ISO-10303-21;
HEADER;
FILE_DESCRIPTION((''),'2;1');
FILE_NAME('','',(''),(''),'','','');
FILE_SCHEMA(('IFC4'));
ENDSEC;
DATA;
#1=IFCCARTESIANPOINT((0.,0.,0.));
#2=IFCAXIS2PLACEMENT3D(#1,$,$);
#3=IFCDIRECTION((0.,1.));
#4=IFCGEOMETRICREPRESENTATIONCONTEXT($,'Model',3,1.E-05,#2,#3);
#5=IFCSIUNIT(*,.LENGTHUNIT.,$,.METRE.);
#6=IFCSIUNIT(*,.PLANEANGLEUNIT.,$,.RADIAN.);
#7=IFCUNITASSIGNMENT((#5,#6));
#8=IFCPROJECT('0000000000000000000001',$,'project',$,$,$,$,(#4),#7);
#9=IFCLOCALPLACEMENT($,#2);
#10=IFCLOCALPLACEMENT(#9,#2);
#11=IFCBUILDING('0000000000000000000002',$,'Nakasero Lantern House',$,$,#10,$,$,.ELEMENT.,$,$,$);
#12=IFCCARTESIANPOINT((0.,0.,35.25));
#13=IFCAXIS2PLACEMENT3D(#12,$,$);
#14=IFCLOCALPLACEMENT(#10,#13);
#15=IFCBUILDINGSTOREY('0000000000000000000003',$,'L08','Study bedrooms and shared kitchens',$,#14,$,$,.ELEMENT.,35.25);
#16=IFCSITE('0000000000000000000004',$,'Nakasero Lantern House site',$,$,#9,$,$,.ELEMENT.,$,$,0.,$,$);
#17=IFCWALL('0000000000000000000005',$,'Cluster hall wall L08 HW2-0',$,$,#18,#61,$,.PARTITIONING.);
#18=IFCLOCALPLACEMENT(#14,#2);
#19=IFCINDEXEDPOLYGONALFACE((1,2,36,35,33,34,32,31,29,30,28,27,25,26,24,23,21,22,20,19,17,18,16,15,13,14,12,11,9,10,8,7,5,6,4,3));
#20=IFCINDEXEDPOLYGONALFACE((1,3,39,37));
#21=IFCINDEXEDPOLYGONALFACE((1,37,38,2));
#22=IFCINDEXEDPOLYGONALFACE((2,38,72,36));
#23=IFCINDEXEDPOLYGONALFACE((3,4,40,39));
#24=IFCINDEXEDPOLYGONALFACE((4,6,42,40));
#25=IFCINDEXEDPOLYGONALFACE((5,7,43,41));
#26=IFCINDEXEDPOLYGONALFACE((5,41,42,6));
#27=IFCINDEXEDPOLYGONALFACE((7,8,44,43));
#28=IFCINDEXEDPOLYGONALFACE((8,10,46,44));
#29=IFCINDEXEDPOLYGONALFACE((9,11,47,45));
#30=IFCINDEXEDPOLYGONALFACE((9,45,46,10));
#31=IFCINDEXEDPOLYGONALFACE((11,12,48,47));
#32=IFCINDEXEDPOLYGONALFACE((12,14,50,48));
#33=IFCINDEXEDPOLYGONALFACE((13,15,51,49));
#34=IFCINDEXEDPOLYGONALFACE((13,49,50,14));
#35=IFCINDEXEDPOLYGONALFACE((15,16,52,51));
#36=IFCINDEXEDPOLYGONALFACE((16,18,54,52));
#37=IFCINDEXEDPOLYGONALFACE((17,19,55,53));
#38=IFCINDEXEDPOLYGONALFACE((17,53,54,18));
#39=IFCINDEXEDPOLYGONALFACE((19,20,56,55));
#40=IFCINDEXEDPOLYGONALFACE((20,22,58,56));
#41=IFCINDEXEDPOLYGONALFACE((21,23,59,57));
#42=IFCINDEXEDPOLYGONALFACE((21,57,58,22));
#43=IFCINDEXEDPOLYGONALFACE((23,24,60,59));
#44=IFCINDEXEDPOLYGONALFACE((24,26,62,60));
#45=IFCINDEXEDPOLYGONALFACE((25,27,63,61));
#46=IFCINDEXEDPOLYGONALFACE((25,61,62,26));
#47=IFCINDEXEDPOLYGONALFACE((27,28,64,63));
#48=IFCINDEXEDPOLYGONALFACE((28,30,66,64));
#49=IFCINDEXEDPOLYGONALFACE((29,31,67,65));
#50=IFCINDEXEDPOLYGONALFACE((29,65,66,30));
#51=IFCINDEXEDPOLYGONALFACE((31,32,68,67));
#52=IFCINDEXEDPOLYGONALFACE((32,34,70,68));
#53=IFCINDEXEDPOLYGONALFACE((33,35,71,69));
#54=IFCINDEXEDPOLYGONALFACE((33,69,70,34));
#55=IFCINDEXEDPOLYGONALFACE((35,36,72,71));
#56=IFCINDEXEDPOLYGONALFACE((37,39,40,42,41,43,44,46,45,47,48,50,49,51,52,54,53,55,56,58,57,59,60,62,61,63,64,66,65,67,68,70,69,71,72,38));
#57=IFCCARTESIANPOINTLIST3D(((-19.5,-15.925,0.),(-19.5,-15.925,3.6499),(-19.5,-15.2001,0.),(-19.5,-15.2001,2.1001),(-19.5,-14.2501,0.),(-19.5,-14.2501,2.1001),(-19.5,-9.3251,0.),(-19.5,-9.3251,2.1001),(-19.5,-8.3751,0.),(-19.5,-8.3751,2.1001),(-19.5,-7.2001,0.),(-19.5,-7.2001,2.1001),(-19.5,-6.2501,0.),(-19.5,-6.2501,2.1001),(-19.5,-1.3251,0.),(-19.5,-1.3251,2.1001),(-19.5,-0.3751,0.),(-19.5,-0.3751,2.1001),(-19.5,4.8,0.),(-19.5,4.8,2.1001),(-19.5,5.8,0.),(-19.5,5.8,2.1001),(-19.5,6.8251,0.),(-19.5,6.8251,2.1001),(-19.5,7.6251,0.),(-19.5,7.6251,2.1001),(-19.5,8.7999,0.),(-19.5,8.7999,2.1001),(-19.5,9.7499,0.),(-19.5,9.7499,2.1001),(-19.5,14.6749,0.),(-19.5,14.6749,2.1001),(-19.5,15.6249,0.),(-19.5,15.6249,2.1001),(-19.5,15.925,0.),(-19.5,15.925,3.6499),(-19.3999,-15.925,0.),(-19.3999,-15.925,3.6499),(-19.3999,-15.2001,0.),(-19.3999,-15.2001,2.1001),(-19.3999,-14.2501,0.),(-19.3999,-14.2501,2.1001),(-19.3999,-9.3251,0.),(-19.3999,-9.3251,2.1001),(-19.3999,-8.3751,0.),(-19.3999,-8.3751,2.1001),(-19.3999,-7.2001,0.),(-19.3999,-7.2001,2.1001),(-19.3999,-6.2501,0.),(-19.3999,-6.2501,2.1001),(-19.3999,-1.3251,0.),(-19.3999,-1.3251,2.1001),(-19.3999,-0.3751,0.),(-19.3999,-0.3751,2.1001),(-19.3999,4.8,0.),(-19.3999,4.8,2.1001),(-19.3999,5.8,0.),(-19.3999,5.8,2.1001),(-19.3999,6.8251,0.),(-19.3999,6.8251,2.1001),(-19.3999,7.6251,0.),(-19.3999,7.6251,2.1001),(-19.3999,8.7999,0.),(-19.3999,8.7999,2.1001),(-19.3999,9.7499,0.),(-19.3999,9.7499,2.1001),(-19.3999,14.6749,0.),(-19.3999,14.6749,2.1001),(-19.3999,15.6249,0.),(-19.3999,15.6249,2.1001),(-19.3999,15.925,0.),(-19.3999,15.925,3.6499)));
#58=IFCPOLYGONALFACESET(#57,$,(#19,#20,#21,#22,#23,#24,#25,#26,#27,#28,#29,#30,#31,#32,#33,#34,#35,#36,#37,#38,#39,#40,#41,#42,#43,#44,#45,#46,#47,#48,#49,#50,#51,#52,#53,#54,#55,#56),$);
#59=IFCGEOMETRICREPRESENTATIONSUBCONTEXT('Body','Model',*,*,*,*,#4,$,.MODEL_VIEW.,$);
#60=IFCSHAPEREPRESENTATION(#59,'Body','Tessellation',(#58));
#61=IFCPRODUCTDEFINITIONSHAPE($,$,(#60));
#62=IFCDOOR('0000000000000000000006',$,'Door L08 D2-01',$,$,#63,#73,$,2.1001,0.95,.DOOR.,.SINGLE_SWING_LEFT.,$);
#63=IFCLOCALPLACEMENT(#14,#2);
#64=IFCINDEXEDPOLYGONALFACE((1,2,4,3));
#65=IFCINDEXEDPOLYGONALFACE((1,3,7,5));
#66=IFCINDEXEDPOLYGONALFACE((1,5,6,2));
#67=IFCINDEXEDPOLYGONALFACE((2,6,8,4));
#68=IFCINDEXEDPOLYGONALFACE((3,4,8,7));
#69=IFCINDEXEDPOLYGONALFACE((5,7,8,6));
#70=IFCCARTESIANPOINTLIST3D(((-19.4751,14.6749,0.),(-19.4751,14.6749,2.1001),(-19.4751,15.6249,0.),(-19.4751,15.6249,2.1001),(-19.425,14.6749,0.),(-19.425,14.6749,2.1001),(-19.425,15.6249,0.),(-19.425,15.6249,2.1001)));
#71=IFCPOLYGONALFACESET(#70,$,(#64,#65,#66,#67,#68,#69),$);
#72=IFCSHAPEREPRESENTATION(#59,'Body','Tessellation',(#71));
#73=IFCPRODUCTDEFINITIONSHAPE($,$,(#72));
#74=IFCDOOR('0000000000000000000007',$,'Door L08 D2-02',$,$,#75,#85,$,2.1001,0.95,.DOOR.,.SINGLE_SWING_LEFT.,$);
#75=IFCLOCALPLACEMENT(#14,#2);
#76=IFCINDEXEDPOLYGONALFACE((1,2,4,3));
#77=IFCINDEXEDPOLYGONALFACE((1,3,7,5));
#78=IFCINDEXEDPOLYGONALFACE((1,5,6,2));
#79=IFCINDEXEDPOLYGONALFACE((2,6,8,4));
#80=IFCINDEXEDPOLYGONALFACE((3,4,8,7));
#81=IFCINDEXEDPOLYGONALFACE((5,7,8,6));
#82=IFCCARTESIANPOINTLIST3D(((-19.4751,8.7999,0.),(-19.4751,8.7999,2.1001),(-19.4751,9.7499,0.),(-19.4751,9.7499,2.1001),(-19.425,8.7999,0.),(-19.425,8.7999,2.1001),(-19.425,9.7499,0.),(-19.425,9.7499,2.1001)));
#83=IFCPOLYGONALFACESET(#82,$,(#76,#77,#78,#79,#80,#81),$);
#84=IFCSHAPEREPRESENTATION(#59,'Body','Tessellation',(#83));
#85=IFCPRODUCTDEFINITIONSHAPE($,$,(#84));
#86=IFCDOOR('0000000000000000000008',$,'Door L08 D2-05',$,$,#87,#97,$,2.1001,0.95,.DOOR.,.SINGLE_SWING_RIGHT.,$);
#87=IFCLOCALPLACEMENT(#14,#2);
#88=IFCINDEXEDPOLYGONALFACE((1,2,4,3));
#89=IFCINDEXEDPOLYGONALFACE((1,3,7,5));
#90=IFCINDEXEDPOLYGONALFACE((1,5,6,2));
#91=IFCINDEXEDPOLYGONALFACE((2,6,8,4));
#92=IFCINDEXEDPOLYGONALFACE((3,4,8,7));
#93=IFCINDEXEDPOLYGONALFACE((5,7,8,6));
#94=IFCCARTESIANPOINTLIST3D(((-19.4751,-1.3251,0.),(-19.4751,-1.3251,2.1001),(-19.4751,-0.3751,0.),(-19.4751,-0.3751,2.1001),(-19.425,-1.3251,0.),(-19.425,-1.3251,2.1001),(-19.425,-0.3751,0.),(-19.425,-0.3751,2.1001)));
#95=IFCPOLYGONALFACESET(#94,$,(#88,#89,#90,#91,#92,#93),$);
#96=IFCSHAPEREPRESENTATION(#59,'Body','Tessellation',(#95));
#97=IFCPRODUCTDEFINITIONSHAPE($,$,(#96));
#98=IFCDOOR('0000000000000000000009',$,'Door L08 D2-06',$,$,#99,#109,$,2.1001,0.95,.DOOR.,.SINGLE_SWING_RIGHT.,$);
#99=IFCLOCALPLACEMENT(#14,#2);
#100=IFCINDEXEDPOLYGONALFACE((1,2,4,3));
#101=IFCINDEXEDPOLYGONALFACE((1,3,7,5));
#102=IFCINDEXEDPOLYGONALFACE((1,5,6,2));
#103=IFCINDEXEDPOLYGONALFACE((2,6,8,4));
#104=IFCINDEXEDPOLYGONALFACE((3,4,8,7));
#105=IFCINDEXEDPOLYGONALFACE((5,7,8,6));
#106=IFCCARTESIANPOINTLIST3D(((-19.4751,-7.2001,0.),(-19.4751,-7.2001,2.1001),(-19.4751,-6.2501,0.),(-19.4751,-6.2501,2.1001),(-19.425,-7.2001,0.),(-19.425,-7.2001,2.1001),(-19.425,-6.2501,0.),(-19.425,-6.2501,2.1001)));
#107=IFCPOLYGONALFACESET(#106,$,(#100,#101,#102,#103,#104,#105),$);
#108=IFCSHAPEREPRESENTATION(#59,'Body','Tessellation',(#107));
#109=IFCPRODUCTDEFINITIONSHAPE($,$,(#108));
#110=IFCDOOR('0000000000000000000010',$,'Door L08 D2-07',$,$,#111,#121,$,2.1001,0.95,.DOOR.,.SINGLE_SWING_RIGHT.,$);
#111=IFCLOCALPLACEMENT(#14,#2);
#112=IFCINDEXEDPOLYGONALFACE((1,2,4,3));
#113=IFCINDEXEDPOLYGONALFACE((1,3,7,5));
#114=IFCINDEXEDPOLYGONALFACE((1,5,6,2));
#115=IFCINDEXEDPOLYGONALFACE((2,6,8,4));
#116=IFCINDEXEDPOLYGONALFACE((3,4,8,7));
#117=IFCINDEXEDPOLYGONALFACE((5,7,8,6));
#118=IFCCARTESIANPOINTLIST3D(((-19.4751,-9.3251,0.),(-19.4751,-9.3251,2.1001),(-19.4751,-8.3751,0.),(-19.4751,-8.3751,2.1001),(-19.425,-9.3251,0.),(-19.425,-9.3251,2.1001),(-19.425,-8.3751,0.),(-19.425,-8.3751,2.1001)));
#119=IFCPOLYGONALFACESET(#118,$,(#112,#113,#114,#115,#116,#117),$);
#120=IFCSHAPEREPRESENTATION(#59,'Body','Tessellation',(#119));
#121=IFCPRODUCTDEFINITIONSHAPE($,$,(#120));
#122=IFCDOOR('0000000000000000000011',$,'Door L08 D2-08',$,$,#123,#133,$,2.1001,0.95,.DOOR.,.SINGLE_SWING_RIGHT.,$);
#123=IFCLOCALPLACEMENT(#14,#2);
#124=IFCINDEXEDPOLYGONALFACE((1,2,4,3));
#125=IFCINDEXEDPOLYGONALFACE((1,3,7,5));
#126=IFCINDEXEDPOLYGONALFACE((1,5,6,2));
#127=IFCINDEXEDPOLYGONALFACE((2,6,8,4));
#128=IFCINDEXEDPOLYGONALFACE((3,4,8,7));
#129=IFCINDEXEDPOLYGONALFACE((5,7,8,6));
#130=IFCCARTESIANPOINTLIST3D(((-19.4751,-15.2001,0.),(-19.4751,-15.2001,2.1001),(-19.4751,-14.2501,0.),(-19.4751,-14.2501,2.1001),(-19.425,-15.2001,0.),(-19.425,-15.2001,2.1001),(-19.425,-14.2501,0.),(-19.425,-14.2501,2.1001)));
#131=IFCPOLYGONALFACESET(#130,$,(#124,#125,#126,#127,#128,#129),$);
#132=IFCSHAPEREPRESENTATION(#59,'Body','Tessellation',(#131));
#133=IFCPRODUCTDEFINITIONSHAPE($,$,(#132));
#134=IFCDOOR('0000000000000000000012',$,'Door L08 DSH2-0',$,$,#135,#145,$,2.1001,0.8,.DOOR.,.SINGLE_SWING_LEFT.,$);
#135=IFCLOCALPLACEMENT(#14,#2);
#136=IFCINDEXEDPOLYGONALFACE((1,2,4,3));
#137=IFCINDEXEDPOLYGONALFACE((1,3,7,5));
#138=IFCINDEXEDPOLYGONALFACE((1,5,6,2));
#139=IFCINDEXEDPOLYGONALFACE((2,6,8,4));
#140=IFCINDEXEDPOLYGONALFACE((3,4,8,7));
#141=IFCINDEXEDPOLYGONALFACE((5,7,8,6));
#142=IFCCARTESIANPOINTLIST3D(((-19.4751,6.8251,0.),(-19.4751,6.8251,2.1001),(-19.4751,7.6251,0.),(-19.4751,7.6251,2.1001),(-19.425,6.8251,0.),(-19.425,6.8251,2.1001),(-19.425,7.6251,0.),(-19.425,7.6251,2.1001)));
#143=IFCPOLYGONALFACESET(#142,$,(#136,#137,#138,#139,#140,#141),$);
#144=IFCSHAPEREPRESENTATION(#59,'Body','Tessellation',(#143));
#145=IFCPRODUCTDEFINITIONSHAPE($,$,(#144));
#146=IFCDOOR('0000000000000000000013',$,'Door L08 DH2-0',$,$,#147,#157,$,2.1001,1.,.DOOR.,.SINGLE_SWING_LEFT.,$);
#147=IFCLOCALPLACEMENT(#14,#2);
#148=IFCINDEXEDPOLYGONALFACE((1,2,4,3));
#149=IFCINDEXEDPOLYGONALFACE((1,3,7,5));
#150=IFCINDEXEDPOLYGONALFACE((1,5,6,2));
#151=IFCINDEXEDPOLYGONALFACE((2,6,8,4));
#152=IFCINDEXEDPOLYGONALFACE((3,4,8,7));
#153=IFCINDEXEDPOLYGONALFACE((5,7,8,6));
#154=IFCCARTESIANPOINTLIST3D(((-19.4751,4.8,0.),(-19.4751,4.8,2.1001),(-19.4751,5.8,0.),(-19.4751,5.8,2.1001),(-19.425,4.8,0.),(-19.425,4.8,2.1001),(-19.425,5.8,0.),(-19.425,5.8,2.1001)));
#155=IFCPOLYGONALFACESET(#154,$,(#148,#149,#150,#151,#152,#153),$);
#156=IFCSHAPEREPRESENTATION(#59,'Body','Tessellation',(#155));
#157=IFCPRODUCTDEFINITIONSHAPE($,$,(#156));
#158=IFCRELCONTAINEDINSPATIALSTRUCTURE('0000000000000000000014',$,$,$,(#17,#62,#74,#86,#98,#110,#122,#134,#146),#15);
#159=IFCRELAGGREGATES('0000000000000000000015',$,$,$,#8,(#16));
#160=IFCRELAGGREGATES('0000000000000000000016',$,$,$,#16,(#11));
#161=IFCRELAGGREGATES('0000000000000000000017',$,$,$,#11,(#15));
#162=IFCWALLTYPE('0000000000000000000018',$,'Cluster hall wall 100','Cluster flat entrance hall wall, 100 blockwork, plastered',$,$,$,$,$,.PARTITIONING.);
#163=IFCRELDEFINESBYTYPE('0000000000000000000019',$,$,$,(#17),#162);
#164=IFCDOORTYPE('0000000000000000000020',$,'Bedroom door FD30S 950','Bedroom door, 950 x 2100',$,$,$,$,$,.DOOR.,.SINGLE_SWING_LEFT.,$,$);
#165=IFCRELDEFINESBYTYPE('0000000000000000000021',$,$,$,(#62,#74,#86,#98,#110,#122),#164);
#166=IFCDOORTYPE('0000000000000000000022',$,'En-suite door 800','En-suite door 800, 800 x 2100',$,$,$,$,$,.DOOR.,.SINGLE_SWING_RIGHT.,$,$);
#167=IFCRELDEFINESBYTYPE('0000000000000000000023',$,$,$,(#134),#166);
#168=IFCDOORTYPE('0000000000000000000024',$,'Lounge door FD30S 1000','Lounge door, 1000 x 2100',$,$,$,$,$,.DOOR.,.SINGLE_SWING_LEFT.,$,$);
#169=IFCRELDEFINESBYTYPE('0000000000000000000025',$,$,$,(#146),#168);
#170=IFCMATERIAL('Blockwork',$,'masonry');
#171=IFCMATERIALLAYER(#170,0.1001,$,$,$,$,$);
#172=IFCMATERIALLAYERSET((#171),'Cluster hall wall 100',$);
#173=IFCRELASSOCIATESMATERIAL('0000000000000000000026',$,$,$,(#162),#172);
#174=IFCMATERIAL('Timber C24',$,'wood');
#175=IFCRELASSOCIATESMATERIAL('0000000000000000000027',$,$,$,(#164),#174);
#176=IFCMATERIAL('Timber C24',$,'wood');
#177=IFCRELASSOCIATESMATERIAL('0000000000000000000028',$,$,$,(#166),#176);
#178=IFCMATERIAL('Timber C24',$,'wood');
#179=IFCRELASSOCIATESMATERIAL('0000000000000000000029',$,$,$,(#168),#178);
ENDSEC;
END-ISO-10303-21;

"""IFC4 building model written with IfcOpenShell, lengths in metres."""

from ifc_helpers import new_model, si_unit, direction, frame, frame_2d, origin, place, context, subcontext, project, spatial, rectangle, extrude, material, layer, layer_set, type_object, element, fill, save


model = new_model("IFC4")

# Units and contexts
model_context = context("Model", 3, precision=1e-05, world=origin(), true_north=direction((0.0, 1.0)))
body_context = subcontext(model_context, "Body", "Model", "MODEL_VIEW")
ifc_project = project(units=[si_unit("LENGTHUNIT", "METRE"), si_unit("PLANEANGLEUNIT", "RADIAN")], contexts=[model_context])

# Site, building, storey
site_placement = place(None, origin())
site = spatial("IfcSite", under=ifc_project, at=site_placement, Name="Nakasero Lantern House site", CompositionType="ELEMENT", RefElevation=0.0)
building_placement = place(site_placement, origin())
building = spatial("IfcBuilding", under=site, at=building_placement, Name="Nakasero Lantern House", CompositionType="ELEMENT")
storey_placement = place(building_placement, frame((0.0, 0.0, 35.25)))
storey = spatial("IfcBuildingStorey", under=building, at=storey_placement, Name="L08", Description="Study bedrooms and shared kitchens", CompositionType="ELEMENT", Elevation=35.25)

# Wall, openings, doors
ifc_material_1 = material(Name="Blockwork", Category="masonry")
ifc_layer_1 = layer(ifc_material_1, 0.1001)
ifc_layer_set_1 = layer_set([ifc_layer_1], Name="Cluster hall wall 100")
wall_type_1 = type_object("IfcWallType", Name="Cluster hall wall 100", Description="Cluster flat entrance hall wall, 100 blockwork, plastered", PredefinedType="PARTITIONING", material=ifc_layer_set_1)
wall_1_placement = place(storey_placement, frame((-19.45, 15.925, 0.0), z_axis=(0.0, 0.0, 1.0), x_axis=(0.0, -1.0, 0.0)))
wall_1 = element("IfcWall", 1, at=wall_1_placement, inside=storey, type_object=wall_type_1, Name="Cluster hall wall L08 HW2-0", PredefinedType="PARTITIONING", context=body_context, shape_type="SweptSolid", body=[
    extrude(rectangle(XDim=31.8501, YDim=0.1001, at=frame_2d((15.925, 0.0))), origin(), (0.0, 0.0, 1.0), 3.6499),
])
opening_1_placement = place(wall_1_placement, frame((10.125, 0.0, 0.0)))
opening_1 = element("IfcOpeningElement", 2, at=opening_1_placement, cuts=wall_1, PredefinedType="OPENING", context=body_context, shape_type="SweptSolid", body=[
    extrude(rectangle(XDim=1.0, YDim=2.1001, at=frame_2d((0.5, 1.05))), frame((0.0, 0.0701, 0.0), z_axis=(0.0, -1.0, 0.0), x_axis=(1.0, 0.0, 0.0)), (0.0, 0.0, 1.0), 0.1401),
])
opening_2_placement = place(wall_1_placement, frame((8.3, 0.0, 0.0)))
opening_2 = element("IfcOpeningElement", 3, at=opening_2_placement, cuts=wall_1, PredefinedType="OPENING", context=body_context, shape_type="SweptSolid", body=[
    extrude(rectangle(XDim=0.8, YDim=2.1001, at=frame_2d((0.3999, 1.05))), frame((0.0, 0.0701, 0.0), z_axis=(0.0, -1.0, 0.0), x_axis=(1.0, 0.0, 0.0)), (0.0, 0.0, 1.0), 0.1401),
])
opening_3_placement = place(wall_1_placement, frame((0.3, 0.0, 0.0)))
opening_3 = element("IfcOpeningElement", 4, at=opening_3_placement, cuts=wall_1, PredefinedType="OPENING", context=body_context, shape_type="SweptSolid", body=[
    extrude(rectangle(XDim=0.95, YDim=2.1001, at=frame_2d((0.4751, 1.05))), frame((0.0, 0.0701, 0.0), z_axis=(0.0, -1.0, 0.0), x_axis=(1.0, 0.0, 0.0)), (0.0, 0.0, 1.0), 0.1401),
])
opening_4_placement = place(wall_1_placement, frame((6.175, 0.0, 0.0)))
opening_4 = element("IfcOpeningElement", 5, at=opening_4_placement, cuts=wall_1, PredefinedType="OPENING", context=body_context, shape_type="SweptSolid", body=[
    extrude(rectangle(XDim=0.95, YDim=2.1001, at=frame_2d((0.4751, 1.05))), frame((0.0, 0.0701, 0.0), z_axis=(0.0, -1.0, 0.0), x_axis=(1.0, 0.0, 0.0)), (0.0, 0.0, 1.0), 0.1401),
])
opening_5_placement = place(wall_1_placement, frame((16.3, 0.0, 0.0)))
opening_5 = element("IfcOpeningElement", 6, at=opening_5_placement, cuts=wall_1, PredefinedType="OPENING", context=body_context, shape_type="SweptSolid", body=[
    extrude(rectangle(XDim=0.95, YDim=2.1001, at=frame_2d((0.4751, 1.05))), frame((0.0, 0.0701, 0.0), z_axis=(0.0, -1.0, 0.0), x_axis=(1.0, 0.0, 0.0)), (0.0, 0.0, 1.0), 0.1401),
])
opening_6_placement = place(wall_1_placement, frame((22.175, 0.0, 0.0)))
opening_6 = element("IfcOpeningElement", 7, at=opening_6_placement, cuts=wall_1, PredefinedType="OPENING", context=body_context, shape_type="SweptSolid", body=[
    extrude(rectangle(XDim=0.95, YDim=2.1001, at=frame_2d((0.4751, 1.05))), frame((0.0, 0.0701, 0.0), z_axis=(0.0, -1.0, 0.0), x_axis=(1.0, 0.0, 0.0)), (0.0, 0.0, 1.0), 0.1401),
])
opening_7_placement = place(wall_1_placement, frame((24.3, 0.0, 0.0)))
opening_7 = element("IfcOpeningElement", 8, at=opening_7_placement, cuts=wall_1, PredefinedType="OPENING", context=body_context, shape_type="SweptSolid", body=[
    extrude(rectangle(XDim=0.95, YDim=2.1001, at=frame_2d((0.4751, 1.05))), frame((0.0, 0.0701, 0.0), z_axis=(0.0, -1.0, 0.0), x_axis=(1.0, 0.0, 0.0)), (0.0, 0.0, 1.0), 0.1401),
])
opening_8_placement = place(wall_1_placement, frame((30.175, 0.0, 0.0)))
opening_8 = element("IfcOpeningElement", 9, at=opening_8_placement, cuts=wall_1, PredefinedType="OPENING", context=body_context, shape_type="SweptSolid", body=[
    extrude(rectangle(XDim=0.95, YDim=2.1001, at=frame_2d((0.4751, 1.05))), frame((0.0, 0.0701, 0.0), z_axis=(0.0, -1.0, 0.0), x_axis=(1.0, 0.0, 0.0)), (0.0, 0.0, 1.0), 0.1401),
])
ifc_material_2 = material(Name="Timber C24", Category="wood")
door_type_1 = type_object("IfcDoorType", Name="Bedroom door FD30S 950", Description="Bedroom door, 950 x 2100", OperationType="SINGLE_SWING_LEFT", PredefinedType="DOOR", material=ifc_material_2)
door_1_placement = place(opening_3_placement, origin())
door_1 = element("IfcDoor", 10, at=door_1_placement, inside=storey, type_object=door_type_1, Name="Door L08 D2-01", OperationType="SINGLE_SWING_LEFT", OverallHeight=2.1001, OverallWidth=0.95, PredefinedType="DOOR", context=body_context, shape_type="SweptSolid", body=[
    extrude(rectangle(XDim=0.95, YDim=2.1001, at=frame_2d((0.4751, 1.05))), frame((0.0, 0.0249, 0.0), z_axis=(0.0, -1.0, 0.0), x_axis=(1.0, 0.0, 0.0)), (0.0, 0.0, 1.0), 0.05),
])
fill(opening_3, door_1)
door_2_placement = place(opening_4_placement, origin())
door_2 = element("IfcDoor", 11, at=door_2_placement, inside=storey, type_object=door_type_1, Name="Door L08 D2-02", OperationType="SINGLE_SWING_LEFT", OverallHeight=2.1001, OverallWidth=0.95, PredefinedType="DOOR", context=body_context, shape_type="SweptSolid", body=[
    extrude(rectangle(XDim=0.95, YDim=2.1001, at=frame_2d((0.4751, 1.05))), frame((0.0, 0.0249, 0.0), z_axis=(0.0, -1.0, 0.0), x_axis=(1.0, 0.0, 0.0)), (0.0, 0.0, 1.0), 0.05),
])
fill(opening_4, door_2)
door_3_placement = place(opening_5_placement, origin())
door_3 = element("IfcDoor", 12, at=door_3_placement, inside=storey, type_object=door_type_1, Name="Door L08 D2-05", OperationType="SINGLE_SWING_RIGHT", OverallHeight=2.1001, OverallWidth=0.95, PredefinedType="DOOR", context=body_context, shape_type="SweptSolid", body=[
    extrude(rectangle(XDim=0.95, YDim=2.1001, at=frame_2d((0.4751, 1.05))), frame((0.0, 0.0249, 0.0), z_axis=(0.0, -1.0, 0.0), x_axis=(1.0, 0.0, 0.0)), (0.0, 0.0, 1.0), 0.05),
])
fill(opening_5, door_3)
door_4_placement = place(opening_6_placement, origin())
door_4 = element("IfcDoor", 13, at=door_4_placement, inside=storey, type_object=door_type_1, Name="Door L08 D2-06", OperationType="SINGLE_SWING_RIGHT", OverallHeight=2.1001, OverallWidth=0.95, PredefinedType="DOOR", context=body_context, shape_type="SweptSolid", body=[
    extrude(rectangle(XDim=0.95, YDim=2.1001, at=frame_2d((0.4751, 1.05))), frame((0.0, 0.0249, 0.0), z_axis=(0.0, -1.0, 0.0), x_axis=(1.0, 0.0, 0.0)), (0.0, 0.0, 1.0), 0.05),
])
fill(opening_6, door_4)
door_5_placement = place(opening_7_placement, origin())
door_5 = element("IfcDoor", 14, at=door_5_placement, inside=storey, type_object=door_type_1, Name="Door L08 D2-07", OperationType="SINGLE_SWING_RIGHT", OverallHeight=2.1001, OverallWidth=0.95, PredefinedType="DOOR", context=body_context, shape_type="SweptSolid", body=[
    extrude(rectangle(XDim=0.95, YDim=2.1001, at=frame_2d((0.4751, 1.05))), frame((0.0, 0.0249, 0.0), z_axis=(0.0, -1.0, 0.0), x_axis=(1.0, 0.0, 0.0)), (0.0, 0.0, 1.0), 0.05),
])
fill(opening_7, door_5)
door_6_placement = place(opening_8_placement, origin())
door_6 = element("IfcDoor", 15, at=door_6_placement, inside=storey, type_object=door_type_1, Name="Door L08 D2-08", OperationType="SINGLE_SWING_RIGHT", OverallHeight=2.1001, OverallWidth=0.95, PredefinedType="DOOR", context=body_context, shape_type="SweptSolid", body=[
    extrude(rectangle(XDim=0.95, YDim=2.1001, at=frame_2d((0.4751, 1.05))), frame((0.0, 0.0249, 0.0), z_axis=(0.0, -1.0, 0.0), x_axis=(1.0, 0.0, 0.0)), (0.0, 0.0, 1.0), 0.05),
])
fill(opening_8, door_6)
ifc_material_3 = material(Name="Timber C24", Category="wood")
door_type_2 = type_object("IfcDoorType", Name="En-suite door 800", Description="En-suite door 800, 800 x 2100", OperationType="SINGLE_SWING_RIGHT", PredefinedType="DOOR", material=ifc_material_3)
door_7_placement = place(opening_2_placement, origin())
door_7 = element("IfcDoor", 16, at=door_7_placement, inside=storey, type_object=door_type_2, Name="Door L08 DSH2-0", OperationType="SINGLE_SWING_LEFT", OverallHeight=2.1001, OverallWidth=0.8, PredefinedType="DOOR", context=body_context, shape_type="SweptSolid", body=[
    extrude(rectangle(XDim=0.8, YDim=2.1001, at=frame_2d((0.3999, 1.05))), frame((0.0, 0.0249, 0.0), z_axis=(0.0, -1.0, 0.0), x_axis=(1.0, 0.0, 0.0)), (0.0, 0.0, 1.0), 0.05),
])
fill(opening_2, door_7)
ifc_material_4 = material(Name="Timber C24", Category="wood")
door_type_3 = type_object("IfcDoorType", Name="Lounge door FD30S 1000", Description="Lounge door, 1000 x 2100", OperationType="SINGLE_SWING_LEFT", PredefinedType="DOOR", material=ifc_material_4)
door_8_placement = place(opening_1_placement, origin())
door_8 = element("IfcDoor", 17, at=door_8_placement, inside=storey, type_object=door_type_3, Name="Door L08 DH2-0", OperationType="SINGLE_SWING_LEFT", OverallHeight=2.1001, OverallWidth=1.0, PredefinedType="DOOR", context=body_context, shape_type="SweptSolid", body=[
    extrude(rectangle(XDim=1.0, YDim=2.1001, at=frame_2d((0.5, 1.05))), frame((0.0, 0.0249, 0.0), z_axis=(0.0, -1.0, 0.0), x_axis=(1.0, 0.0, 0.0)), (0.0, 0.0, 1.0), 0.05),
])
fill(opening_1, door_8)

save(model, "model.ifc")
